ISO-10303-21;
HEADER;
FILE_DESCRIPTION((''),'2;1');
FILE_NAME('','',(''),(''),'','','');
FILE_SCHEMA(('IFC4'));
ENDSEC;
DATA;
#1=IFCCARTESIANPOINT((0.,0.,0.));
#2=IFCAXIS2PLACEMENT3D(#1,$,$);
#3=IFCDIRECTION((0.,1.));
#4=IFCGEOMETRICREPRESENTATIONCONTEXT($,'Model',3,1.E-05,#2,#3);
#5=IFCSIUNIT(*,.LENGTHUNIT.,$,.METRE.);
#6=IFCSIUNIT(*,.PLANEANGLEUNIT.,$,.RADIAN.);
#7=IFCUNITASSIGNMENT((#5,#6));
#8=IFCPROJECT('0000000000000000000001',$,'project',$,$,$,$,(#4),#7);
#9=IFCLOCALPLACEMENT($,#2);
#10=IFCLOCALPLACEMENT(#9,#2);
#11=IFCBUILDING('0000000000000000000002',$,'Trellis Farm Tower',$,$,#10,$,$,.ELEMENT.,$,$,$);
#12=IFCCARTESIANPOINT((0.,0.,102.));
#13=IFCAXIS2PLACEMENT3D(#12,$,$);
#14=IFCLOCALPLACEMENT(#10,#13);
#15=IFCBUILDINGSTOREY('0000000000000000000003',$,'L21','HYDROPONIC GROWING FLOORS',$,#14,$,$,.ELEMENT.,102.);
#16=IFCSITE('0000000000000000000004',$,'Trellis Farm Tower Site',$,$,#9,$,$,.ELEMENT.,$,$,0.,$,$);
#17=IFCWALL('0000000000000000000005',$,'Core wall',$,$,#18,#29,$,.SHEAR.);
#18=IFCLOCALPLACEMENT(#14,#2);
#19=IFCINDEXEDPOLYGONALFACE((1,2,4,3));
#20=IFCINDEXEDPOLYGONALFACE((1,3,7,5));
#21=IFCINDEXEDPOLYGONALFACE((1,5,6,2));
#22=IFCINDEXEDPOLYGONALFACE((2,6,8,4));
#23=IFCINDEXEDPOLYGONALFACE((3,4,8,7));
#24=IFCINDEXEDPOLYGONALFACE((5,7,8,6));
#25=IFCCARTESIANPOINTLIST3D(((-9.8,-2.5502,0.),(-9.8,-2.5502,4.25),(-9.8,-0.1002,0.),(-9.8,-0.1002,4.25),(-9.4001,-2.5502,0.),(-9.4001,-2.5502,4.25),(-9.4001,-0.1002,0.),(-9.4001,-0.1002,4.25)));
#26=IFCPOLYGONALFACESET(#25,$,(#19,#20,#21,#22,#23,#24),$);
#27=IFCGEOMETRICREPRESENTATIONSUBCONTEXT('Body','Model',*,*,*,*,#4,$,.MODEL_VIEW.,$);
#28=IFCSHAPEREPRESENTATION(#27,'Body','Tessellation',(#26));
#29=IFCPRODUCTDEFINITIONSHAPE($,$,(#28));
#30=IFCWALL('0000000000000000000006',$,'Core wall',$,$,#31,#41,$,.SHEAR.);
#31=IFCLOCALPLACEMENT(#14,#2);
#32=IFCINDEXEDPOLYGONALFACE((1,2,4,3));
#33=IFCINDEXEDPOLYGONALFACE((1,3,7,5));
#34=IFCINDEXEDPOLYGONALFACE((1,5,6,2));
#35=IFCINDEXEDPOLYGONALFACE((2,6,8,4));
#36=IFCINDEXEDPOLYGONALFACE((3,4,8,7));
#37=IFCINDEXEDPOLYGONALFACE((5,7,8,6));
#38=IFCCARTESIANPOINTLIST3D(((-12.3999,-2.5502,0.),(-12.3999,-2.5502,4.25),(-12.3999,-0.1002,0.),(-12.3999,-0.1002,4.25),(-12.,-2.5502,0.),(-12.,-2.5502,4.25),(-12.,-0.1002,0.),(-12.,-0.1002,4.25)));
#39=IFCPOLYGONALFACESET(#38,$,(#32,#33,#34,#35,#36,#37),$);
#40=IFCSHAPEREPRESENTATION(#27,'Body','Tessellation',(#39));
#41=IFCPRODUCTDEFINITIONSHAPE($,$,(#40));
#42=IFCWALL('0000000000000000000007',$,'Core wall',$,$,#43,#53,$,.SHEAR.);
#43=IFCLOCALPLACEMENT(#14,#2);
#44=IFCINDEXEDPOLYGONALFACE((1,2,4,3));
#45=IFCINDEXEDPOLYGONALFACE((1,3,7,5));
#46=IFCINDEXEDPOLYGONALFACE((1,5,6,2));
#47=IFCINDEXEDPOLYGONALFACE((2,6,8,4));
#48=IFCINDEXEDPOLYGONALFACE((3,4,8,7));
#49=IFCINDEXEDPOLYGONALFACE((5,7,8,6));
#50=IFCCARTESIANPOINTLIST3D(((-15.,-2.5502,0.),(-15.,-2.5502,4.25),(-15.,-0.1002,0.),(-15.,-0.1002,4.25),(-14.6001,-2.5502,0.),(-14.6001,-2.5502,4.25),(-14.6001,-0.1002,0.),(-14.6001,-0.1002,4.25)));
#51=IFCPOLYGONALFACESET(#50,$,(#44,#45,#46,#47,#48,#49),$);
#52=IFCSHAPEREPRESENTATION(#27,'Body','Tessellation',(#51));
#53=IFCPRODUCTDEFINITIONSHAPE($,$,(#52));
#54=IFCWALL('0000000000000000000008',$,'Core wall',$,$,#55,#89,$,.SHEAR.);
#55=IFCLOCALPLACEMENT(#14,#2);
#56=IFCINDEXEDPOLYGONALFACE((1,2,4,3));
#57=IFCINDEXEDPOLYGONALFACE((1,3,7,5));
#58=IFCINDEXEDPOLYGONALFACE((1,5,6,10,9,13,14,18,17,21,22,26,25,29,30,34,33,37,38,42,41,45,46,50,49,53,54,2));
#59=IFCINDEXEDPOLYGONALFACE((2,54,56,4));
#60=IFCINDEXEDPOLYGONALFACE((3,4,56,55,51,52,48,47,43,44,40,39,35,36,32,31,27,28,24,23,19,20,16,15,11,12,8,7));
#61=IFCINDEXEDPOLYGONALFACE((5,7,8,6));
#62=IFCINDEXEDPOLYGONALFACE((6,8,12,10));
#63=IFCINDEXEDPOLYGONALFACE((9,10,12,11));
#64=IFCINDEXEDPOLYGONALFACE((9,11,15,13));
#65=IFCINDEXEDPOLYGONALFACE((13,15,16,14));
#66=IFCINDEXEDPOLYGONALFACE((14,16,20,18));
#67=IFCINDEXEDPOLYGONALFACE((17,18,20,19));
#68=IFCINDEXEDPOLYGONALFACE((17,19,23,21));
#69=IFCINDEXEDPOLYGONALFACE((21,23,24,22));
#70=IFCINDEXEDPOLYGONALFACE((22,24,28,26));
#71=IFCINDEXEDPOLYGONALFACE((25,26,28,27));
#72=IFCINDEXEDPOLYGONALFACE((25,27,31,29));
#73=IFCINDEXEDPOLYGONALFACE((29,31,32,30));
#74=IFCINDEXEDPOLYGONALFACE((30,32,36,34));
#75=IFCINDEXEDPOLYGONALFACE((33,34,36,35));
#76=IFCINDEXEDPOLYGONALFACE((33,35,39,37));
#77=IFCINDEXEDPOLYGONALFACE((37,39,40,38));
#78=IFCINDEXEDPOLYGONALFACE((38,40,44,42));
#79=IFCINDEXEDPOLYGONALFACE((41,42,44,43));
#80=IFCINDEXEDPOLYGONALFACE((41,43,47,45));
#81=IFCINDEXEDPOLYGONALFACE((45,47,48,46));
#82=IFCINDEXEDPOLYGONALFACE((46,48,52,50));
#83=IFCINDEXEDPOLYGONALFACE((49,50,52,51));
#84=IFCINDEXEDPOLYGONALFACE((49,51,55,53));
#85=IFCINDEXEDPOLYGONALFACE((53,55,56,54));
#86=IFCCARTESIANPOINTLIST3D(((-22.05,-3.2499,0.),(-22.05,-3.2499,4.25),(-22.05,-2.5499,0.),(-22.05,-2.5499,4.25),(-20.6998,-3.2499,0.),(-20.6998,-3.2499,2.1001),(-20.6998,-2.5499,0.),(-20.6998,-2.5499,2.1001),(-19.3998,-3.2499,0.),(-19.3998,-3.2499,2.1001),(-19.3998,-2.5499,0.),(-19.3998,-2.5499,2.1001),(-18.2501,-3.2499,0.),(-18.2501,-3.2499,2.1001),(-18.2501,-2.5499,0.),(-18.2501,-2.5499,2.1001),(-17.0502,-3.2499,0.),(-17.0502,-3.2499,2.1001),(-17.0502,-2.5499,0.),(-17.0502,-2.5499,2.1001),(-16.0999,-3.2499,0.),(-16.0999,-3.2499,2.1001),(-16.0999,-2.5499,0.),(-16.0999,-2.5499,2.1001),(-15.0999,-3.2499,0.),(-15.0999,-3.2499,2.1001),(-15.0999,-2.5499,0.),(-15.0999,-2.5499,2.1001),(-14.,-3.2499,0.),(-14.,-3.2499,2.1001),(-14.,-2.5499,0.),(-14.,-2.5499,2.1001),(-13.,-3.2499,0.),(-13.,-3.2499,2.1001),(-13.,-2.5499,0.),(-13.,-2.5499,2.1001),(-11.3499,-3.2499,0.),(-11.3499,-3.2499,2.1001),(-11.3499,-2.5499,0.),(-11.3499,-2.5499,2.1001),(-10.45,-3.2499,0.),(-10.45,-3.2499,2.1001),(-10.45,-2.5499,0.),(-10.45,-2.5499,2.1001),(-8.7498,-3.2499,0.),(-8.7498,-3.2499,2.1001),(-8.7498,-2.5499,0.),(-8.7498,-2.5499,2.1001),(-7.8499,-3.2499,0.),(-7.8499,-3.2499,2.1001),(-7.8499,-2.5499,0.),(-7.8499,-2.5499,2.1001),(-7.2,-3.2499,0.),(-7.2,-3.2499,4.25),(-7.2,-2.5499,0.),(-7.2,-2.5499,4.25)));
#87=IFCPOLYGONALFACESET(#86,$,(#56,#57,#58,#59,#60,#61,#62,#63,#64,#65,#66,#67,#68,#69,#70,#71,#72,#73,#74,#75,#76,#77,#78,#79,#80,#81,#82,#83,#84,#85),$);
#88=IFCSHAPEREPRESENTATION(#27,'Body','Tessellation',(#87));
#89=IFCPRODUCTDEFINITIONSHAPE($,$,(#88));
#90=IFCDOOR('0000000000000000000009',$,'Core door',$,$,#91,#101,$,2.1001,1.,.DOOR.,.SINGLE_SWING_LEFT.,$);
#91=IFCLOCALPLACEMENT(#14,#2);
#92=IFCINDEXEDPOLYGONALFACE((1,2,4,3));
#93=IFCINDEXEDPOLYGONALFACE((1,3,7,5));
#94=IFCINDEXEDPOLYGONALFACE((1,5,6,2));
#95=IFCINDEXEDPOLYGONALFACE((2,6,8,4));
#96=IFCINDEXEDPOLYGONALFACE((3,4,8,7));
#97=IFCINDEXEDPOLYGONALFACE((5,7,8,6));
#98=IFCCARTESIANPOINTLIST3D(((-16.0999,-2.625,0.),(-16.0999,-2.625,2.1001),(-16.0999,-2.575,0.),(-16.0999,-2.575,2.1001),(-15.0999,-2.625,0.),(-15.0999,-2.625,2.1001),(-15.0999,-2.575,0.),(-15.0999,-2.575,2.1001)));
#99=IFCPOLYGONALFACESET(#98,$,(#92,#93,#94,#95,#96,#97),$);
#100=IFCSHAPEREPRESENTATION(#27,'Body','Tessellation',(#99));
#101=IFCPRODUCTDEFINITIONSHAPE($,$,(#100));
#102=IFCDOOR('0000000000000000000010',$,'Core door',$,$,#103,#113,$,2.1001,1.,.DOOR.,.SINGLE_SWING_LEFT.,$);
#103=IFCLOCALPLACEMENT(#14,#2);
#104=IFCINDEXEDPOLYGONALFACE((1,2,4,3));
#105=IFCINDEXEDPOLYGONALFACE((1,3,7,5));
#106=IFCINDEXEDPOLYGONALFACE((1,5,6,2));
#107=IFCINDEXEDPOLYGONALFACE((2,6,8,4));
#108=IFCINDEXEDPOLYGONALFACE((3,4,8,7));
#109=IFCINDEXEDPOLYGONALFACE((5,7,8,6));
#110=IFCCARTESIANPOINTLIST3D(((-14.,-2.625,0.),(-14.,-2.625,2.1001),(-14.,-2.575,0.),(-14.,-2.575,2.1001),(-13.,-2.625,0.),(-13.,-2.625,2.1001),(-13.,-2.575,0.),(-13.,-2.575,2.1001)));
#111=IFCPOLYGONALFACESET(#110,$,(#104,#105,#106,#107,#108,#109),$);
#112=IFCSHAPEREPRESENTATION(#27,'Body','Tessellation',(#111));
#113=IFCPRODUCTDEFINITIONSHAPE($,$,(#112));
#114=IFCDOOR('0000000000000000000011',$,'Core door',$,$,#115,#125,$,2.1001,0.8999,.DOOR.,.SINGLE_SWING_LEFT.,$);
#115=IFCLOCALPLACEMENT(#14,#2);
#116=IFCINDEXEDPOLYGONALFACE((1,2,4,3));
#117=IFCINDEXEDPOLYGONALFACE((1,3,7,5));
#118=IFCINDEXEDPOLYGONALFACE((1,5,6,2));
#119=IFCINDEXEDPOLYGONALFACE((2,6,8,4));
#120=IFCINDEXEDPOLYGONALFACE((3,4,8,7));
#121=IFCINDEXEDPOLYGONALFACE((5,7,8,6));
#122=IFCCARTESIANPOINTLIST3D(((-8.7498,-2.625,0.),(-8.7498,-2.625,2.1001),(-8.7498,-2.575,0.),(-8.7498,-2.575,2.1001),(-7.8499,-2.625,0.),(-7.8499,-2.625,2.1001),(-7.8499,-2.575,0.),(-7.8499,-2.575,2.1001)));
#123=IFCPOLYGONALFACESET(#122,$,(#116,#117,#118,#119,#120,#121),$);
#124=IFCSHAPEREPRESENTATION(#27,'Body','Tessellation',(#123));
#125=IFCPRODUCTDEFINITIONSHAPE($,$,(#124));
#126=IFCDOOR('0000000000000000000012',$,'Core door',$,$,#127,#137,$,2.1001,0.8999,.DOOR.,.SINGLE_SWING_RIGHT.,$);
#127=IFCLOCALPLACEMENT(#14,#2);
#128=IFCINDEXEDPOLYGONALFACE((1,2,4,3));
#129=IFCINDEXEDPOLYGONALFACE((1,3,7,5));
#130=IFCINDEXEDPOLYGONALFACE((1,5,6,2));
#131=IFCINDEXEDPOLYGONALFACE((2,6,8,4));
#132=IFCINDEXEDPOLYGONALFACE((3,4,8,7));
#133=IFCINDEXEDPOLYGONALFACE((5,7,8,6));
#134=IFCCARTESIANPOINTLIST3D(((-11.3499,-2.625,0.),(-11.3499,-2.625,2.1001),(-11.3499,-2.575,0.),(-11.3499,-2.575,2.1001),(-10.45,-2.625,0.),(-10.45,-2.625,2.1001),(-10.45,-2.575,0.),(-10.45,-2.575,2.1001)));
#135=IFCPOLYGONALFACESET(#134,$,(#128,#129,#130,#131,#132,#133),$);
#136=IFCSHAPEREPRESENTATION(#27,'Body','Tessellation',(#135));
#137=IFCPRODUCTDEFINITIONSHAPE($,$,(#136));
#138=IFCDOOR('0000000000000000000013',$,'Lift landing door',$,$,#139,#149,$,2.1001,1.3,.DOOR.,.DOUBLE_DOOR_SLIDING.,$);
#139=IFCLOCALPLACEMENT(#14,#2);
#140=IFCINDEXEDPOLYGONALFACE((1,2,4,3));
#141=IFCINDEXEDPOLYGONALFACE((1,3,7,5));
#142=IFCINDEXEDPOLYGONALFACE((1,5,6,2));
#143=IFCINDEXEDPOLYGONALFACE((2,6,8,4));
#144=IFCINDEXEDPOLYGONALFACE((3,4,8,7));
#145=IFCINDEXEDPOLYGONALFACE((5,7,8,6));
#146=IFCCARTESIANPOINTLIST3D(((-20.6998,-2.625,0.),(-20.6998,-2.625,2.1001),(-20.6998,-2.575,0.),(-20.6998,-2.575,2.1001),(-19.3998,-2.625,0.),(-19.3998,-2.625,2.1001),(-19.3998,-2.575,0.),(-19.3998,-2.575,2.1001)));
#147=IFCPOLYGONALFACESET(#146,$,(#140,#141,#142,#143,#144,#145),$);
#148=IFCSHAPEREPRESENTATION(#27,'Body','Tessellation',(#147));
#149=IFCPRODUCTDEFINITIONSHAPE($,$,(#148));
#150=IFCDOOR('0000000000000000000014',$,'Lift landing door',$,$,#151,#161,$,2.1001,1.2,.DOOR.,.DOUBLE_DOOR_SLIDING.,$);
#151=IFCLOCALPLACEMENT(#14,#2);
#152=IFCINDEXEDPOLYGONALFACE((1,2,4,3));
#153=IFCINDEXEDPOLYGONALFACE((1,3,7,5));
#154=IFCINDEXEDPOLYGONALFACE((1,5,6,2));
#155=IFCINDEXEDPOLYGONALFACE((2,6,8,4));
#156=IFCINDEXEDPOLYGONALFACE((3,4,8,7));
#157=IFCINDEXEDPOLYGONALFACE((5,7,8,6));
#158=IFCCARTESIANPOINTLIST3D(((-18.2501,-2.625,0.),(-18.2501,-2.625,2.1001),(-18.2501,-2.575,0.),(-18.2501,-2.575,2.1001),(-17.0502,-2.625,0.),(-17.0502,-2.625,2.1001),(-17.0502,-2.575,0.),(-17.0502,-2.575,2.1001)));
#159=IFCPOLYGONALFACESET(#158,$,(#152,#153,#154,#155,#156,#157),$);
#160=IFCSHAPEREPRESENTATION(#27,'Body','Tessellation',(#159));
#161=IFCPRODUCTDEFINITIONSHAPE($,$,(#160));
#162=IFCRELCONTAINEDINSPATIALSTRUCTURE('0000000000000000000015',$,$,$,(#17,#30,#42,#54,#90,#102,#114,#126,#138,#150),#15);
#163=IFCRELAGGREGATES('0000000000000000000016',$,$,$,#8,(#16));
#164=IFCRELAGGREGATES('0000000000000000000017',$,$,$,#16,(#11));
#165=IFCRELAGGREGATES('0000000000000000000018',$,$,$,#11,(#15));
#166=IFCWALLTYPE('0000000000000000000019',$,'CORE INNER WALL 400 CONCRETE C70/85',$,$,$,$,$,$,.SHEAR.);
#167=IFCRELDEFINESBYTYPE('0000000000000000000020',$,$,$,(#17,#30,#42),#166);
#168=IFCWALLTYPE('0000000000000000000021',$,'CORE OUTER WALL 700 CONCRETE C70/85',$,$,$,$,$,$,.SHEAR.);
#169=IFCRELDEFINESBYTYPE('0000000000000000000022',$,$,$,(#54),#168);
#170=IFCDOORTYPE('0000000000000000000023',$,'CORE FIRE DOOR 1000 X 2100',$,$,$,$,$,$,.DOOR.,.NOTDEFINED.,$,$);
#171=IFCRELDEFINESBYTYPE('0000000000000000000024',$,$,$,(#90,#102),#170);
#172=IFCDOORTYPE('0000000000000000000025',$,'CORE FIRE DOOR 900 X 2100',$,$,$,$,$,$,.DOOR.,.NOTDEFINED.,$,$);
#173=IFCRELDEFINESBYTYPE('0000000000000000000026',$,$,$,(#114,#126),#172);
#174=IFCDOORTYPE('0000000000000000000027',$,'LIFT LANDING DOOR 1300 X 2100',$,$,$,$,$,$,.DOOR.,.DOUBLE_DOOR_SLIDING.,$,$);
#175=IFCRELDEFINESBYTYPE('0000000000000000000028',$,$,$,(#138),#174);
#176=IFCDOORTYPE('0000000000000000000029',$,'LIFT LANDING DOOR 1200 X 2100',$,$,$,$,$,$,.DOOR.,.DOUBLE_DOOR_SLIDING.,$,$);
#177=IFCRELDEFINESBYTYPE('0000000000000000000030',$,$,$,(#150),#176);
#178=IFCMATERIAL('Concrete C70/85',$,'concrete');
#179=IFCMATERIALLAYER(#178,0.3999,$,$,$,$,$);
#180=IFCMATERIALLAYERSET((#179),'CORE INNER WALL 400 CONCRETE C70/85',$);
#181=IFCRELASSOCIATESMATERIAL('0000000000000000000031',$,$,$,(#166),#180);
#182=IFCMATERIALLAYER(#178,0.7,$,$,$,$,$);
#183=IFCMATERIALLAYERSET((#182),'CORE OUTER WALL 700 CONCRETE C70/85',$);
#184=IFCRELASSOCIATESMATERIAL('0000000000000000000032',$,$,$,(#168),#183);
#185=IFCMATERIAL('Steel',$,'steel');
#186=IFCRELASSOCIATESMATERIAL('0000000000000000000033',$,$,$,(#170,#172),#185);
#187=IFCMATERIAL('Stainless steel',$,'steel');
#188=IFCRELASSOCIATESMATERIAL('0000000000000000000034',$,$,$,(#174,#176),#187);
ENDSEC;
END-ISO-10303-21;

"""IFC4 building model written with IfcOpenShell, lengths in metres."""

from ifc_helpers import new_model, si_unit, direction, frame, frame_2d, origin, place, context, subcontext, project, spatial, rectangle, extrude, source, transform, mapped, material, layer, layer_set, type_object, element, fill, save


model = new_model("IFC4")

# Units and contexts
model_context = context("Model", 3, precision=1e-05, world=origin(), true_north=direction((0.0, 1.0)))
body_context = subcontext(model_context, "Body", "Model", "MODEL_VIEW")
ifc_project = project(units=[si_unit("LENGTHUNIT", "METRE"), si_unit("PLANEANGLEUNIT", "RADIAN")], contexts=[model_context])

# Site, building, storey
site_placement = place(None, origin())
site = spatial("IfcSite", under=ifc_project, at=site_placement, Name="Trellis Farm Tower Site", CompositionType="ELEMENT", RefElevation=0.0)
building_placement = place(site_placement, origin())
building = spatial("IfcBuilding", under=site, at=building_placement, Name="Trellis Farm Tower", CompositionType="ELEMENT")
storey_placement = place(building_placement, frame((0.0, 0.0, 102.0)))
storey = spatial("IfcBuildingStorey", under=building, at=storey_placement, Name="L21", Description="HYDROPONIC GROWING FLOORS", CompositionType="ELEMENT", Elevation=102.0)

# Walls
ifc_material_1 = material(Name="Concrete C70/85", Category="concrete")
ifc_layer_1 = layer(ifc_material_1, 0.3999)
ifc_layer_set_1 = layer_set([ifc_layer_1], Name="CORE INNER WALL 400 CONCRETE C70/85")
wall_type_1 = type_object("IfcWallType", Name="CORE INNER WALL 400 CONCRETE C70/85", PredefinedType="SHEAR", material=ifc_layer_set_1)
shared_shape_1 = source(origin(), body_context, "Body", "SweptSolid", [
    extrude(rectangle(XDim=2.45, YDim=0.3999, at=frame_2d((1.2251, 0.0))), origin(), (0.0, 0.0, 1.0), 4.25),
])
for number, where, z_axis, x_axis, name in (
    (1, (-9.6001, -0.1001, 0.0), (0.0, 0.0, 1.0), (0.0, -1.0, 0.0), "Core wall"),
    (2, (-12.2, -0.1001, 0.0), (0.0, 0.0, 1.0), (0.0, -1.0, 0.0), "Core wall"),
    (3, (-14.8, -0.1001, 0.0), (0.0, 0.0, 1.0), (0.0, -1.0, 0.0), "Core wall"),
):
    element("IfcWall", number, at=place(storey_placement, frame(where, z_axis=z_axis, x_axis=x_axis)), inside=storey, type_object=wall_type_1, Name=name, PredefinedType="SHEAR", context=body_context, shape_type="MappedRepresentation", body=[
        mapped(shared_shape_1, transform((0.0, 0.0, 0.0))),
    ])

# Wall, openings, doors
ifc_layer_2 = layer(ifc_material_1, 0.7)
ifc_layer_set_2 = layer_set([ifc_layer_2], Name="CORE OUTER WALL 700 CONCRETE C70/85")
wall_type_2 = type_object("IfcWallType", Name="CORE OUTER WALL 700 CONCRETE C70/85", PredefinedType="SHEAR", material=ifc_layer_set_2)
shared_shape_2 = source(origin(), body_context, "Body", "SweptSolid", [
    extrude(rectangle(XDim=14.8501, YDim=0.7, at=frame_2d((7.425, 0.0))), origin(), (0.0, 0.0, 1.0), 4.25),
])
wall_1_placement = place(storey_placement, frame((-7.2, -2.8999, 0.0), z_axis=(0.0, 0.0, 1.0), x_axis=(-1.0, 0.0, 0.0)))
wall_1 = element("IfcWall", 4, at=wall_1_placement, inside=storey, type_object=wall_type_2, Name="Core wall", PredefinedType="SHEAR", context=body_context, shape_type="MappedRepresentation", body=[
    mapped(shared_shape_2, transform((0.0, 0.0, 0.0))),
])
shared_shape_3 = source(origin(), body_context, "Body", "SweptSolid", [
    extrude(rectangle(XDim=1.3, YDim=2.1001, at=frame_2d((0.6499, 1.05))), frame((0.0, 0.3601, 0.0), z_axis=(0.0, -1.0, 0.0), x_axis=(1.0, 0.0, 0.0)), (0.0, 0.0, 1.0), 0.7202),
])
opening_1_placement = place(wall_1_placement, frame((12.2, 0.0, 0.0)))
opening_1 = element("IfcOpeningElement", 5, at=opening_1_placement, cuts=wall_1, PredefinedType="OPENING", context=body_context, shape_type="MappedRepresentation", body=[
    mapped(shared_shape_3, transform((0.0, 0.0, 0.0))),
])
shared_shape_4 = source(origin(), body_context, "Body", "SweptSolid", [
    extrude(rectangle(XDim=1.2, YDim=2.1001, at=frame_2d((0.6001, 1.05))), frame((0.0, 0.3601, 0.0), z_axis=(0.0, -1.0, 0.0), x_axis=(1.0, 0.0, 0.0)), (0.0, 0.0, 1.0), 0.7202),
])
opening_2_placement = place(wall_1_placement, frame((9.8501, 0.0, 0.0)))
opening_2 = element("IfcOpeningElement", 6, at=opening_2_placement, cuts=wall_1, PredefinedType="OPENING", context=body_context, shape_type="MappedRepresentation", body=[
    mapped(shared_shape_4, transform((0.0, 0.0, 0.0))),
])
shared_shape_5 = source(origin(), body_context, "Body", "SweptSolid", [
    extrude(rectangle(XDim=1.0, YDim=2.1001, at=frame_2d((0.5, 1.05))), frame((0.0, 0.3601, 0.0), z_axis=(0.0, -1.0, 0.0), x_axis=(1.0, 0.0, 0.0)), (0.0, 0.0, 1.0), 0.7202),
])
opening_3_placement = place(wall_1_placement, frame((7.8999, 0.0, 0.0)))
opening_3 = element("IfcOpeningElement", 7, at=opening_3_placement, cuts=wall_1, PredefinedType="OPENING", context=body_context, shape_type="MappedRepresentation", body=[
    mapped(shared_shape_5, transform((0.0, 0.0, 0.0))),
])
shared_shape_6 = source(origin(), body_context, "Body", "SweptSolid", [
    extrude(rectangle(XDim=0.8999, YDim=2.1001, at=frame_2d((0.45, 1.05))), frame((0.0, 0.3601, 0.0), z_axis=(0.0, -1.0, 0.0), x_axis=(1.0, 0.0, 0.0)), (0.0, 0.0, 1.0), 0.7202),
])
opening_4_placement = place(wall_1_placement, frame((0.6499, 0.0, 0.0)))
opening_4 = element("IfcOpeningElement", 8, at=opening_4_placement, cuts=wall_1, PredefinedType="OPENING", context=body_context, shape_type="MappedRepresentation", body=[
    mapped(shared_shape_6, transform((0.0, 0.0, 0.0))),
])
opening_5_placement = place(wall_1_placement, frame((3.25, 0.0, 0.0)))
opening_5 = element("IfcOpeningElement", 9, at=opening_5_placement, cuts=wall_1, PredefinedType="OPENING", context=body_context, shape_type="MappedRepresentation", body=[
    mapped(shared_shape_6, transform((0.0, 0.0, 0.0))),
])
opening_6_placement = place(wall_1_placement, frame((5.8, 0.0, 0.0)))
opening_6 = element("IfcOpeningElement", 10, at=opening_6_placement, cuts=wall_1, PredefinedType="OPENING", context=body_context, shape_type="MappedRepresentation", body=[
    mapped(shared_shape_5, transform((0.0, 0.0, 0.0))),
])
ifc_material_2 = material(Name="Steel", Category="steel")
door_type_1 = type_object("IfcDoorType", Name="CORE FIRE DOOR 1000 X 2100", OperationType="NOTDEFINED", PredefinedType="DOOR", material=ifc_material_2)
shared_shape_7 = source(origin(), body_context, "Body", "SweptSolid", [
    extrude(rectangle(XDim=1.0, YDim=2.1001, at=frame_2d((0.5, 1.05))), frame((0.0, -0.2749, 0.0), z_axis=(0.0, -1.0, 0.0), x_axis=(1.0, 0.0, 0.0)), (0.0, 0.0, 1.0), 0.05),
])
door_1_placement = place(opening_3_placement, origin())
door_1 = element("IfcDoor", 11, at=door_1_placement, inside=storey, type_object=door_type_1, Name="Core door", OperationType="SINGLE_SWING_LEFT", OverallHeight=2.1001, OverallWidth=1.0, PredefinedType="DOOR", context=body_context, shape_type="MappedRepresentation", body=[
    mapped(shared_shape_7, transform((0.0, 0.0, 0.0))),
])
fill(opening_3, door_1)
door_2_placement = place(opening_6_placement, origin())
door_2 = element("IfcDoor", 12, at=door_2_placement, inside=storey, type_object=door_type_1, Name="Core door", OperationType="SINGLE_SWING_LEFT", OverallHeight=2.1001, OverallWidth=1.0, PredefinedType="DOOR", context=body_context, shape_type="MappedRepresentation", body=[
    mapped(shared_shape_7, transform((0.0, 0.0, 0.0))),
])
fill(opening_6, door_2)
door_type_2 = type_object("IfcDoorType", Name="CORE FIRE DOOR 900 X 2100", OperationType="NOTDEFINED", PredefinedType="DOOR", material=ifc_material_2)
shared_shape_8 = source(origin(), body_context, "Body", "SweptSolid", [
    extrude(rectangle(XDim=0.8999, YDim=2.1001, at=frame_2d((0.45, 1.05))), frame((0.0, -0.2749, 0.0), z_axis=(0.0, -1.0, 0.0), x_axis=(1.0, 0.0, 0.0)), (0.0, 0.0, 1.0), 0.05),
])
door_3_placement = place(opening_4_placement, origin())
door_3 = element("IfcDoor", 13, at=door_3_placement, inside=storey, type_object=door_type_2, Name="Core door", OperationType="SINGLE_SWING_LEFT", OverallHeight=2.1001, OverallWidth=0.8999, PredefinedType="DOOR", context=body_context, shape_type="MappedRepresentation", body=[
    mapped(shared_shape_8, transform((0.0, 0.0, 0.0))),
])
fill(opening_4, door_3)
door_4_placement = place(opening_5_placement, origin())
door_4 = element("IfcDoor", 14, at=door_4_placement, inside=storey, type_object=door_type_2, Name="Core door", OperationType="SINGLE_SWING_RIGHT", OverallHeight=2.1001, OverallWidth=0.8999, PredefinedType="DOOR", context=body_context, shape_type="MappedRepresentation", body=[
    mapped(shared_shape_8, transform((0.0, 0.0, 0.0))),
])
fill(opening_5, door_4)
ifc_material_3 = material(Name="Stainless steel", Category="steel")
door_type_3 = type_object("IfcDoorType", Name="LIFT LANDING DOOR 1300 X 2100", OperationType="DOUBLE_DOOR_SLIDING", PredefinedType="DOOR", material=ifc_material_3)
shared_shape_9 = source(origin(), body_context, "Body", "SweptSolid", [
    extrude(rectangle(XDim=1.3, YDim=2.1001, at=frame_2d((0.6499, 1.05))), frame((0.0, -0.2749, 0.0), z_axis=(0.0, -1.0, 0.0), x_axis=(1.0, 0.0, 0.0)), (0.0, 0.0, 1.0), 0.05),
])
door_5_placement = place(opening_1_placement, origin())
door_5 = element("IfcDoor", 15, at=door_5_placement, inside=storey, type_object=door_type_3, Name="Lift landing door", OperationType="DOUBLE_DOOR_SLIDING", OverallHeight=2.1001, OverallWidth=1.3, PredefinedType="DOOR", context=body_context, shape_type="MappedRepresentation", body=[
    mapped(shared_shape_9, transform((0.0, 0.0, 0.0))),
])
fill(opening_1, door_5)
door_type_4 = type_object("IfcDoorType", Name="LIFT LANDING DOOR 1200 X 2100", OperationType="DOUBLE_DOOR_SLIDING", PredefinedType="DOOR", material=ifc_material_3)
shared_shape_10 = source(origin(), body_context, "Body", "SweptSolid", [
    extrude(rectangle(XDim=1.2, YDim=2.1001, at=frame_2d((0.6001, 1.05))), frame((0.0, -0.2749, 0.0), z_axis=(0.0, -1.0, 0.0), x_axis=(1.0, 0.0, 0.0)), (0.0, 0.0, 1.0), 0.05),
])
door_6_placement = place(opening_2_placement, origin())
door_6 = element("IfcDoor", 16, at=door_6_placement, inside=storey, type_object=door_type_4, Name="Lift landing door", OperationType="DOUBLE_DOOR_SLIDING", OverallHeight=2.1001, OverallWidth=1.2, PredefinedType="DOOR", context=body_context, shape_type="MappedRepresentation", body=[
    mapped(shared_shape_10, transform((0.0, 0.0, 0.0))),
])
fill(opening_2, door_6)

save(model, "model.ifc")
